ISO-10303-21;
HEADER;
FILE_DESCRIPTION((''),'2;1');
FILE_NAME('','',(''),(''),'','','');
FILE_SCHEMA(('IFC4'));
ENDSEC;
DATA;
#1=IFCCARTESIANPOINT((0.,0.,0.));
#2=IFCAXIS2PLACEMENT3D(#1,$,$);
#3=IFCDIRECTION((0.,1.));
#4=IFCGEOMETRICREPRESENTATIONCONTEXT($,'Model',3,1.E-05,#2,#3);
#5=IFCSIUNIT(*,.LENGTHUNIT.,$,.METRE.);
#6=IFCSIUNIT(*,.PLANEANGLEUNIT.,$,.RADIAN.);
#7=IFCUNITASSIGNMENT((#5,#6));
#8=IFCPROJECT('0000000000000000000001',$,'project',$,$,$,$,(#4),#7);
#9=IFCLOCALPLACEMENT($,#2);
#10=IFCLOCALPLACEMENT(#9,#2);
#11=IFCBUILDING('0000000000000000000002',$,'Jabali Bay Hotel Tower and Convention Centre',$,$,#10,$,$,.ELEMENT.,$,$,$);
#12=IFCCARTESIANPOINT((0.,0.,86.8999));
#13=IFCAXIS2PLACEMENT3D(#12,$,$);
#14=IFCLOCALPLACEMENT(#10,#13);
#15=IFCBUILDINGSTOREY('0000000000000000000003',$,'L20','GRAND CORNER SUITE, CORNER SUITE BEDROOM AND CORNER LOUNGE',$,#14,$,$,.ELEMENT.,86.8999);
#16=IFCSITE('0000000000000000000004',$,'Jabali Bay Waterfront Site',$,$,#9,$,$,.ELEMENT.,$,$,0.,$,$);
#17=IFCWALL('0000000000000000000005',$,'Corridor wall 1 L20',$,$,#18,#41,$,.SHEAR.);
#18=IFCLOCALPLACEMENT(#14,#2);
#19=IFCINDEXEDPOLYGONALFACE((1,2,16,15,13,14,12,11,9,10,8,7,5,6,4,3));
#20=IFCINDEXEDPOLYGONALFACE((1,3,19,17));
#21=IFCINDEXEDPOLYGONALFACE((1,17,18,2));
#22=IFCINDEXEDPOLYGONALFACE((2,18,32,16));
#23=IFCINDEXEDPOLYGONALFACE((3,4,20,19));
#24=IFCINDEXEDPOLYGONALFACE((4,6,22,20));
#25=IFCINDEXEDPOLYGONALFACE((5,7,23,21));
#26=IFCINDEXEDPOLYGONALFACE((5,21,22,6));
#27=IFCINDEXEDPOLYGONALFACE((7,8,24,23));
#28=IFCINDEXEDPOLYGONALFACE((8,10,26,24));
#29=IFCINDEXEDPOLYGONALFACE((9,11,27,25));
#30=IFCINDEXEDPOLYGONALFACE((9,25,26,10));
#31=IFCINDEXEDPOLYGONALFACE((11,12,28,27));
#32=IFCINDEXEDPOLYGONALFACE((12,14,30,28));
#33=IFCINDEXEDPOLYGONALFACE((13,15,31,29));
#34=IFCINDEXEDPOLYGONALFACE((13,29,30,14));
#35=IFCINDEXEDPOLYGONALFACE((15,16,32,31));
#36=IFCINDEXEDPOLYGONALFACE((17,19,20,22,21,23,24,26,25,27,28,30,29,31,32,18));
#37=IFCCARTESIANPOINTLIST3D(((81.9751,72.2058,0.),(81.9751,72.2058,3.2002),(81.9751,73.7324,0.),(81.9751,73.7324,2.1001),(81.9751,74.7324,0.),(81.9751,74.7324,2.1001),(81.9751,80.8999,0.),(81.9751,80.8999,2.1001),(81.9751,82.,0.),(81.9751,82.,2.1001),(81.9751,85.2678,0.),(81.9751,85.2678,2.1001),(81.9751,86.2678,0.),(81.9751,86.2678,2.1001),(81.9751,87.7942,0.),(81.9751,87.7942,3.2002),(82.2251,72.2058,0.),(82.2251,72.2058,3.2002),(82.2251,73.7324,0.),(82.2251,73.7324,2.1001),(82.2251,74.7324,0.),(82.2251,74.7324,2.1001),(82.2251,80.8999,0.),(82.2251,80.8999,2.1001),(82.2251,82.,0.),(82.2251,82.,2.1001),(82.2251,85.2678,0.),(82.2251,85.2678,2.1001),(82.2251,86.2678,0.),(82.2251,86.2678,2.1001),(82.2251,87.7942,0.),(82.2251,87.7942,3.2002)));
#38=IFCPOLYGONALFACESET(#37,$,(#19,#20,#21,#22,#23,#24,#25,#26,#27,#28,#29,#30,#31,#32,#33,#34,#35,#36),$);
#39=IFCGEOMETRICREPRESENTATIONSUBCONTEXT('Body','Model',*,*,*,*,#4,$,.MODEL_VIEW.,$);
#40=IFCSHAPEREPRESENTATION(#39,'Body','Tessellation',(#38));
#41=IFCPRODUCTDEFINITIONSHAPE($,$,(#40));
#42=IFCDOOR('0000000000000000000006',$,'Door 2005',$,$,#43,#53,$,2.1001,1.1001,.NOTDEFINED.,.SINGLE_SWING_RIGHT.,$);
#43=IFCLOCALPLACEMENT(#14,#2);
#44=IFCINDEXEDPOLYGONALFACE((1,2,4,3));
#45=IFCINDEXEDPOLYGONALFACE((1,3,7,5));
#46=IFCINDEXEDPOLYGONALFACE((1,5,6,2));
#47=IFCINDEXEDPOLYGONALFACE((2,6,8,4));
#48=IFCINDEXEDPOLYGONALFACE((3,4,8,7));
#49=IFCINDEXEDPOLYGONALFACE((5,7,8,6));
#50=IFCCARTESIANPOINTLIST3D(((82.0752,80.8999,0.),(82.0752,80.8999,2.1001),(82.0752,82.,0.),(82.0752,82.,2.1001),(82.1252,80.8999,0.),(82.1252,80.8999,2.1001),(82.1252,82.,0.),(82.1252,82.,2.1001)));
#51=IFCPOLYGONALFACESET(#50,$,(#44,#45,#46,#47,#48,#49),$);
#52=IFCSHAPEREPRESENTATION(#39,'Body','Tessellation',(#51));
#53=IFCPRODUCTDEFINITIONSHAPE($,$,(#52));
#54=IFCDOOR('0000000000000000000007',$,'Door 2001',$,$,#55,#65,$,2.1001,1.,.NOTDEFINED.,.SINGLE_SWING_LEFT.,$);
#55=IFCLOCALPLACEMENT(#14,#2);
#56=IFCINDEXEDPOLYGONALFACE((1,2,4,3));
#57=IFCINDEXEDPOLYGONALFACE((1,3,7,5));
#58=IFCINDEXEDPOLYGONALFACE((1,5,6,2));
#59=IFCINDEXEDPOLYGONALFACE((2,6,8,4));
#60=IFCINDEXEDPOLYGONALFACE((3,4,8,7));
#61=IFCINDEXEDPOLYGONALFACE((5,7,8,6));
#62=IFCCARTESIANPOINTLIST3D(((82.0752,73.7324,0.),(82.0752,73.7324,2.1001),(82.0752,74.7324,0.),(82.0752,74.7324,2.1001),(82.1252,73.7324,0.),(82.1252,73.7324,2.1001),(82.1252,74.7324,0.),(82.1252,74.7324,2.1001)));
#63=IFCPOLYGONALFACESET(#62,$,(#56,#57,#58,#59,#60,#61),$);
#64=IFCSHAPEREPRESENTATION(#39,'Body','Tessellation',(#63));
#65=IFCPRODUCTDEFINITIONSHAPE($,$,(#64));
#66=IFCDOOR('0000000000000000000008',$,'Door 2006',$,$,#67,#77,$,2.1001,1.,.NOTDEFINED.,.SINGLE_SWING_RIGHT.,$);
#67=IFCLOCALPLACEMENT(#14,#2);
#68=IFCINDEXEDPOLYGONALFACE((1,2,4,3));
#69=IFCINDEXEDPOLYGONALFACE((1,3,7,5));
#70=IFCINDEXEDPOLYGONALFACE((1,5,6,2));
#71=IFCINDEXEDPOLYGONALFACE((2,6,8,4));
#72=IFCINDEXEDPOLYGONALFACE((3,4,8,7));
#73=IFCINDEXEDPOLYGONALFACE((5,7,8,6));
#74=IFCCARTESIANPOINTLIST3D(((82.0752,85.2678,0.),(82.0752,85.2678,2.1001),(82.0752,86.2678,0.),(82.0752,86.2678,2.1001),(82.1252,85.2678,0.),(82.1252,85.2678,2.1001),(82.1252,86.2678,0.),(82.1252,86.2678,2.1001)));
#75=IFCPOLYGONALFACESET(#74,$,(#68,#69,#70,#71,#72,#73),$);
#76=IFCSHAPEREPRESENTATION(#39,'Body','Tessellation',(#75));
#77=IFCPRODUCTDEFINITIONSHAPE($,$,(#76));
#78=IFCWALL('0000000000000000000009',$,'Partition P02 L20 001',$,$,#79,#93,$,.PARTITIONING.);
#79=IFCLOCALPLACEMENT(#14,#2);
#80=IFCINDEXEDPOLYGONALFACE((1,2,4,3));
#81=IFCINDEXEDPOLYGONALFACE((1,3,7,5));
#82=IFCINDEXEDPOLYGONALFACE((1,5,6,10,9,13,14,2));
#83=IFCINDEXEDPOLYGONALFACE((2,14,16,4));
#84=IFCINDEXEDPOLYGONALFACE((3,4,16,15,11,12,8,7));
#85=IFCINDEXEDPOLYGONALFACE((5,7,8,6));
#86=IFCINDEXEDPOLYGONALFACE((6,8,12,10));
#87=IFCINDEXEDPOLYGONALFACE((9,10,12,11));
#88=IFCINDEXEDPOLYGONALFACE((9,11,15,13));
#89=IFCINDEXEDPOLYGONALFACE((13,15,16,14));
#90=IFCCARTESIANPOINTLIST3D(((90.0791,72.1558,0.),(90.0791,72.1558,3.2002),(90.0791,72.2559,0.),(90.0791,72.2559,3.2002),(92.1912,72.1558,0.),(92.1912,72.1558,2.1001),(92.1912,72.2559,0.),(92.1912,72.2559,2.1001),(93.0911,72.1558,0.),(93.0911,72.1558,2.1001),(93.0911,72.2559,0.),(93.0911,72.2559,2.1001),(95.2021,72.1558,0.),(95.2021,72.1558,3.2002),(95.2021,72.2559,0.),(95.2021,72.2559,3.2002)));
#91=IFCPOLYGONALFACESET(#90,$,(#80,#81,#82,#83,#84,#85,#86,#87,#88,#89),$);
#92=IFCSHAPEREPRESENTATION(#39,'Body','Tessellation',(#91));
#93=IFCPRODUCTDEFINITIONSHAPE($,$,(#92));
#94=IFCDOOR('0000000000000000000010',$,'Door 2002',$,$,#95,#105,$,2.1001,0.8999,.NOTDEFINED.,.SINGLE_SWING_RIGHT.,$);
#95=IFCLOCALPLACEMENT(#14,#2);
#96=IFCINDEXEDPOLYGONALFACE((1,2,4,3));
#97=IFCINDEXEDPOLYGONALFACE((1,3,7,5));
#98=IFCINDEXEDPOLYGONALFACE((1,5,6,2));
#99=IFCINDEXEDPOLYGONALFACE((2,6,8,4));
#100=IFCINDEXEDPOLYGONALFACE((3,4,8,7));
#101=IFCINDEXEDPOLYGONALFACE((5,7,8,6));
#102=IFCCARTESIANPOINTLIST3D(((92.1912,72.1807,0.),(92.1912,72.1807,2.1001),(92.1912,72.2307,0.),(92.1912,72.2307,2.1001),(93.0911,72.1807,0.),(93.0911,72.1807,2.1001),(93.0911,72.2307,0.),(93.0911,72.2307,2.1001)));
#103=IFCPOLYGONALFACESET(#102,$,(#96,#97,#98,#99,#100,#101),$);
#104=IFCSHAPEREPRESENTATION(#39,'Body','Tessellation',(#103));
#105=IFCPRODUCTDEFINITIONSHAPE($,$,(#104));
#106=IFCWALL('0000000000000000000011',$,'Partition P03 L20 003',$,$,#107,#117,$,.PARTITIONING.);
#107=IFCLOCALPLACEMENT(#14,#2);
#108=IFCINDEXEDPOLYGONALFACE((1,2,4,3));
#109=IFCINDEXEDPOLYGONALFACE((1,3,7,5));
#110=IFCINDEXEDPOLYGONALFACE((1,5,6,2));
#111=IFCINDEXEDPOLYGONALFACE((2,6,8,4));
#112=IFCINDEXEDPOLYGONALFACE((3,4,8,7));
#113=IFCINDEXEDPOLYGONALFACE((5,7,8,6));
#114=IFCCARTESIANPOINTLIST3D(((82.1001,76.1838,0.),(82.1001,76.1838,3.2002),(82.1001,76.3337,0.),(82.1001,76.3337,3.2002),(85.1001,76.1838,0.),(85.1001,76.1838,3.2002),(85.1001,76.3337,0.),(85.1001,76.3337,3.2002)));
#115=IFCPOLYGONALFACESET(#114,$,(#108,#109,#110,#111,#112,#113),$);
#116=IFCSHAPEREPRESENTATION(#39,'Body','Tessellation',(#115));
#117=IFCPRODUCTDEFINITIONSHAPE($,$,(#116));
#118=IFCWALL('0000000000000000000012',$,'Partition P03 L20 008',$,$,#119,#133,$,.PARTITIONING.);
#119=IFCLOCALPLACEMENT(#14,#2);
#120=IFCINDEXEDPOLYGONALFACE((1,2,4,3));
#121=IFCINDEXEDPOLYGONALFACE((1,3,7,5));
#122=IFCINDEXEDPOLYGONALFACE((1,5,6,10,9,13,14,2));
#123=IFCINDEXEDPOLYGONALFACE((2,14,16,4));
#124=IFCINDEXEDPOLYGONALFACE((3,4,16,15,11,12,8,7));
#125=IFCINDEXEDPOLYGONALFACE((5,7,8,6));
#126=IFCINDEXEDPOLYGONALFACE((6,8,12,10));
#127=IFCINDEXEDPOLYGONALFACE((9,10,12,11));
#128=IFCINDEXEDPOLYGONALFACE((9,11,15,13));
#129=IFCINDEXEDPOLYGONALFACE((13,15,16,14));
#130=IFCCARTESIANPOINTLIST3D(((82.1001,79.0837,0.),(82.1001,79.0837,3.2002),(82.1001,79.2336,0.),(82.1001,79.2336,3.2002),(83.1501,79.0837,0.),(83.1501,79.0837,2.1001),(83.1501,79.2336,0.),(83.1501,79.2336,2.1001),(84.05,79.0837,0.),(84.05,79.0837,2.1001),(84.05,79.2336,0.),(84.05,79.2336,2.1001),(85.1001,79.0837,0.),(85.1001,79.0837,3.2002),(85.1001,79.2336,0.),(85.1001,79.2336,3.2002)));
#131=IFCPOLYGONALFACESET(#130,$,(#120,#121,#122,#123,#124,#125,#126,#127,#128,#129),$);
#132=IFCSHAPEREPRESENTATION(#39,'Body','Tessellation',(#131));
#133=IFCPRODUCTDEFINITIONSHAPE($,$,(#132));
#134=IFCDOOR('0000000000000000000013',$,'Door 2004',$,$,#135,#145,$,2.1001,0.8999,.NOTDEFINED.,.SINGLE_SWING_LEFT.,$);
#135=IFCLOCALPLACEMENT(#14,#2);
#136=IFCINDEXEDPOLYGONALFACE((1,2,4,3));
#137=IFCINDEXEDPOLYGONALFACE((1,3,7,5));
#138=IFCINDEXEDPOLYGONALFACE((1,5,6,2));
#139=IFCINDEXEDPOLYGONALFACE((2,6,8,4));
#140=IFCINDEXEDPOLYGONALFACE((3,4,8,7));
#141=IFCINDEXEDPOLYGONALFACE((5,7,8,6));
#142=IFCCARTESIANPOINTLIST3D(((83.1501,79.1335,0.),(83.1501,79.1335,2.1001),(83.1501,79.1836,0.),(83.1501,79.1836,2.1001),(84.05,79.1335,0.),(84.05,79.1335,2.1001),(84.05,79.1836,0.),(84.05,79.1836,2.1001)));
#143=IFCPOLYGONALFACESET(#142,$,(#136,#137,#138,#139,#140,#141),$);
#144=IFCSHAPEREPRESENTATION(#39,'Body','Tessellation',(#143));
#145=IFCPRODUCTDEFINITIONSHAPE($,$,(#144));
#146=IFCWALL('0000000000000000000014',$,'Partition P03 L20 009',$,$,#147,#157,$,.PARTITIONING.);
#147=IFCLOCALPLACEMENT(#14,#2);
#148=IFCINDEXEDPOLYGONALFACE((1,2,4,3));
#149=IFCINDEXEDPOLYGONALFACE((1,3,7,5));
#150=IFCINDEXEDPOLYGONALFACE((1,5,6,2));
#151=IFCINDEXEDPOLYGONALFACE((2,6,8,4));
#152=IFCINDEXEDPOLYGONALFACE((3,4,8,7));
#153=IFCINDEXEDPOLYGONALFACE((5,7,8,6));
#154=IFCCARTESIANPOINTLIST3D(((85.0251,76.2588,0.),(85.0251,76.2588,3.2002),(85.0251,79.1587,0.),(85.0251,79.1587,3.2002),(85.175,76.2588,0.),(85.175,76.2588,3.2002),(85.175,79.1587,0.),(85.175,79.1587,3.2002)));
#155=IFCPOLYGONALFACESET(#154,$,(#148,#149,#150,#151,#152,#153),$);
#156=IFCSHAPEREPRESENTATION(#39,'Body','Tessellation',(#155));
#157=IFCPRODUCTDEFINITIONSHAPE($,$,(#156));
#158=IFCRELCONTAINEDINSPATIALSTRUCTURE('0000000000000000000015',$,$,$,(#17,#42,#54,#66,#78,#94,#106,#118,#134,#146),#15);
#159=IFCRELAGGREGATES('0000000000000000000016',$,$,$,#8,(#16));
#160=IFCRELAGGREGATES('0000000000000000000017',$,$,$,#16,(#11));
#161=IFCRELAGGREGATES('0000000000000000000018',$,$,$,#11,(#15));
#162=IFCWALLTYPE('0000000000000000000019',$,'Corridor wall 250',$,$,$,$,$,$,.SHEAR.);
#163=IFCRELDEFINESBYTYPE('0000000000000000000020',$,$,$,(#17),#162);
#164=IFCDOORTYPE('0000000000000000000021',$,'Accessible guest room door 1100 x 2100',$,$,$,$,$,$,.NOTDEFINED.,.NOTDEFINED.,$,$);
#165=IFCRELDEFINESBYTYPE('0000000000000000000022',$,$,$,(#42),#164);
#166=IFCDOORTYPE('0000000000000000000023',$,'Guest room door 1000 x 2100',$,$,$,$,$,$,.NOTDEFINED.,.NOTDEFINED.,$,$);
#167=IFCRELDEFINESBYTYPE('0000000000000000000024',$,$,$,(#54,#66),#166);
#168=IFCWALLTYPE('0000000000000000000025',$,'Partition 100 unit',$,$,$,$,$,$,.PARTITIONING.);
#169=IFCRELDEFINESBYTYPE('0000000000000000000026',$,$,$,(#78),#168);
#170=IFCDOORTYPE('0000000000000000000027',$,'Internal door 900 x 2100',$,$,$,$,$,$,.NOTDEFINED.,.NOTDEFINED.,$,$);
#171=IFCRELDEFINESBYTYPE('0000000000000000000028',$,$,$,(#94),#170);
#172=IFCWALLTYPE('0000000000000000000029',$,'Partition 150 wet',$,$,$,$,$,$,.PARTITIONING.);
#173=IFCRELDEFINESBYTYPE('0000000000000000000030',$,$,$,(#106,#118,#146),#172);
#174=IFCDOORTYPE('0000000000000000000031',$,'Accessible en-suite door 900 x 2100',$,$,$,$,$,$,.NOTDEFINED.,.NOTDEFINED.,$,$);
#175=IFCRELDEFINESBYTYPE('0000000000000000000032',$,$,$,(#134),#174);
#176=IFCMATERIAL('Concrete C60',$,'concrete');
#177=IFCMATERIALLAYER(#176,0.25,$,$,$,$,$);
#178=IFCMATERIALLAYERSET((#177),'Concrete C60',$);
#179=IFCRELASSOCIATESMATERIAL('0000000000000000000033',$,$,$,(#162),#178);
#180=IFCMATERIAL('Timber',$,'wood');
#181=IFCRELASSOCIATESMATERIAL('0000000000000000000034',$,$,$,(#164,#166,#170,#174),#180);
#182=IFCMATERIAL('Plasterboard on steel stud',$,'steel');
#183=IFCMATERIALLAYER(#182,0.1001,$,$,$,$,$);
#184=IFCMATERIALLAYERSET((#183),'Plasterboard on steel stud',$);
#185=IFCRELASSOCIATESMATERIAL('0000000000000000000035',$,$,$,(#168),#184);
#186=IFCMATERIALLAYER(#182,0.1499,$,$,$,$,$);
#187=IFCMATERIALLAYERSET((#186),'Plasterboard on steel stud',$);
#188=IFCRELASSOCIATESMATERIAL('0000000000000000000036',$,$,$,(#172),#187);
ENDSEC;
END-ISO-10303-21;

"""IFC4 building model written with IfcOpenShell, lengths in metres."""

from ifc_helpers import new_model, si_unit, direction, frame, frame_2d, origin, place, context, subcontext, project, spatial, rectangle, extrude, material, layer, layer_set, type_object, element, fill, save


model = new_model("IFC4")

# Units and contexts
model_context = context("Model", 3, precision=1e-05, world=origin(), true_north=direction((0.0, 1.0)))
body_context = subcontext(model_context, "Body", "Model", "MODEL_VIEW")
ifc_project = project(units=[si_unit("LENGTHUNIT", "METRE"), si_unit("PLANEANGLEUNIT", "RADIAN")], contexts=[model_context])

# Site, building, storey
site_placement = place(None, origin())
site = spatial("IfcSite", under=ifc_project, at=site_placement, Name="Jabali Bay Waterfront Site", CompositionType="ELEMENT", RefElevation=0.0)
building_placement = place(site_placement, origin())
building = spatial("IfcBuilding", under=site, at=building_placement, Name="Jabali Bay Hotel Tower and Convention Centre", CompositionType="ELEMENT")
storey_placement = place(building_placement, frame((0.0, 0.0, 86.8999)))
storey = spatial("IfcBuildingStorey", under=building, at=storey_placement, Name="L20", Description="GRAND CORNER SUITE, CORNER SUITE BEDROOM AND CORNER LOUNGE", CompositionType="ELEMENT", Elevation=86.8999)

# Shared definitions
ifc_material_1 = material(Name="Concrete C60", Category="concrete")

# Wall, openings, doors
ifc_layer_1 = layer(ifc_material_1, 0.25)
ifc_layer_set_1 = layer_set([ifc_layer_1], Name="Concrete C60")
wall_type_1 = type_object("IfcWallType", Name="Corridor wall 250", PredefinedType="SHEAR", material=ifc_layer_set_1)
wall_1_placement = place(storey_placement, frame((82.1001, 72.2058, 0.0), z_axis=(0.0, 0.0, 1.0), x_axis=(0.0, 1.0, 0.0)))
wall_1 = element("IfcWall", 1, at=wall_1_placement, inside=storey, type_object=wall_type_1, Name="Corridor wall 1 L20", PredefinedType="SHEAR", context=body_context, shape_type="SweptSolid", body=[
    extrude(rectangle(XDim=15.5884, YDim=0.25, at=frame_2d((7.7942, 0.0))), origin(), (0.0, 0.0, 1.0), 3.2002),
])
opening_1_placement = place(wall_1_placement, frame((1.5266, 0.0, 0.0)))
opening_1 = element("IfcOpeningElement", 2, at=opening_1_placement, cuts=wall_1, PredefinedType="OPENING", context=body_context, shape_type="SweptSolid", body=[
    extrude(rectangle(XDim=1.0, YDim=2.1001, at=frame_2d((0.5, 1.05))), frame((0.0, 0.1355, 0.0), z_axis=(0.0, -1.0, 0.0), x_axis=(1.0, 0.0, 0.0)), (0.0, 0.0, 1.0), 0.271),
])
opening_2_placement = place(wall_1_placement, frame((8.6941, 0.0, 0.0)))
opening_2 = element("IfcOpeningElement", 3, at=opening_2_placement, cuts=wall_1, PredefinedType="OPENING", context=body_context, shape_type="SweptSolid", body=[
    extrude(rectangle(XDim=1.1001, YDim=2.1001, at=frame_2d((0.55, 1.05))), frame((0.0, 0.1355, 0.0), z_axis=(0.0, -1.0, 0.0), x_axis=(1.0, 0.0, 0.0)), (0.0, 0.0, 1.0), 0.271),
])
opening_3_placement = place(wall_1_placement, frame((13.062, 0.0, 0.0)))
opening_3 = element("IfcOpeningElement", 4, at=opening_3_placement, cuts=wall_1, PredefinedType="OPENING", context=body_context, shape_type="SweptSolid", body=[
    extrude(rectangle(XDim=1.0, YDim=2.1001, at=frame_2d((0.5, 1.05))), frame((0.0, 0.1355, 0.0), z_axis=(0.0, -1.0, 0.0), x_axis=(1.0, 0.0, 0.0)), (0.0, 0.0, 1.0), 0.271),
])
ifc_material_2 = material(Name="Timber", Category="wood")
door_type_1 = type_object("IfcDoorType", Name="Accessible guest room door 1100 x 2100", OperationType="NOTDEFINED", PredefinedType="NOTDEFINED", material=ifc_material_2)
door_1_placement = place(opening_2_placement, origin())
door_1 = element("IfcDoor", 5, at=door_1_placement, inside=storey, type_object=door_type_1, Name="Door 2005", OperationType="SINGLE_SWING_RIGHT", OverallHeight=2.1001, OverallWidth=1.1001, PredefinedType="NOTDEFINED", context=body_context, shape_type="SweptSolid", body=[
    extrude(rectangle(XDim=1.1001, YDim=2.1001, at=frame_2d((0.55, 1.05))), frame((0.0, 0.0249, 0.0), z_axis=(0.0, -1.0, 0.0), x_axis=(1.0, 0.0, 0.0)), (0.0, 0.0, 1.0), 0.05),
])
fill(opening_2, door_1)
door_type_2 = type_object("IfcDoorType", Name="Guest room door 1000 x 2100", OperationType="NOTDEFINED", PredefinedType="NOTDEFINED", material=ifc_material_2)
door_2_placement = place(opening_1_placement, origin())
door_2 = element("IfcDoor", 6, at=door_2_placement, inside=storey, type_object=door_type_2, Name="Door 2001", OperationType="SINGLE_SWING_LEFT", OverallHeight=2.1001, OverallWidth=1.0, PredefinedType="NOTDEFINED", context=body_context, shape_type="SweptSolid", body=[
    extrude(rectangle(XDim=1.0, YDim=2.1001, at=frame_2d((0.5, 1.05))), frame((0.0, 0.0249, 0.0), z_axis=(0.0, -1.0, 0.0), x_axis=(1.0, 0.0, 0.0)), (0.0, 0.0, 1.0), 0.05),
])
fill(opening_1, door_2)
door_3_placement = place(opening_3_placement, origin())
door_3 = element("IfcDoor", 7, at=door_3_placement, inside=storey, type_object=door_type_2, Name="Door 2006", OperationType="SINGLE_SWING_RIGHT", OverallHeight=2.1001, OverallWidth=1.0, PredefinedType="NOTDEFINED", context=body_context, shape_type="SweptSolid", body=[
    extrude(rectangle(XDim=1.0, YDim=2.1001, at=frame_2d((0.5, 1.05))), frame((0.0, 0.0249, 0.0), z_axis=(0.0, -1.0, 0.0), x_axis=(1.0, 0.0, 0.0)), (0.0, 0.0, 1.0), 0.05),
])
fill(opening_3, door_3)

# Wall, opening, door
ifc_material_3 = material(Name="Plasterboard on steel stud", Category="steel")
ifc_layer_2 = layer(ifc_material_3, 0.1001)
ifc_layer_set_2 = layer_set([ifc_layer_2], Name="Plasterboard on steel stud")
wall_type_2 = type_object("IfcWallType", Name="Partition 100 unit", PredefinedType="PARTITIONING", material=ifc_layer_set_2)
wall_2_placement = place(storey_placement, frame((90.0791, 72.2058, 0.0), z_axis=(0.0, 0.0, 1.0), x_axis=(1.0, 0.0, 0.0)))
wall_2 = element("IfcWall", 8, at=wall_2_placement, inside=storey, type_object=wall_type_2, Name="Partition P02 L20 001", PredefinedType="PARTITIONING", context=body_context, shape_type="SweptSolid", body=[
    extrude(rectangle(XDim=5.123, YDim=0.1001, at=frame_2d((2.5615, 0.0))), origin(), (0.0, 0.0, 1.0), 3.2002),
])
opening_4_placement = place(wall_2_placement, frame((2.1121, 0.0, 0.0)))
opening_4 = element("IfcOpeningElement", 9, at=opening_4_placement, cuts=wall_2, PredefinedType="OPENING", context=body_context, shape_type="SweptSolid", body=[
    extrude(rectangle(XDim=0.8999, YDim=2.1001, at=frame_2d((0.45, 1.05))), frame((0.0, 0.0605, 0.0), z_axis=(0.0, -1.0, 0.0), x_axis=(1.0, 0.0, 0.0)), (0.0, 0.0, 1.0), 0.1211),
])
door_type_3 = type_object("IfcDoorType", Name="Internal door 900 x 2100", OperationType="NOTDEFINED", PredefinedType="NOTDEFINED", material=ifc_material_2)
door_4_placement = place(opening_4_placement, origin())
door_4 = element("IfcDoor", 10, at=door_4_placement, inside=storey, type_object=door_type_3, Name="Door 2002", OperationType="SINGLE_SWING_RIGHT", OverallHeight=2.1001, OverallWidth=0.8999, PredefinedType="NOTDEFINED", context=body_context, shape_type="SweptSolid", body=[
    extrude(rectangle(XDim=0.8999, YDim=2.1001, at=frame_2d((0.45, 1.05))), frame((0.0, 0.0249, 0.0), z_axis=(0.0, -1.0, 0.0), x_axis=(1.0, 0.0, 0.0)), (0.0, 0.0, 1.0), 0.05),
])
fill(opening_4, door_4)

# Wall
ifc_layer_3 = layer(ifc_material_3, 0.1499)
ifc_layer_set_3 = layer_set([ifc_layer_3], Name="Plasterboard on steel stud")
wall_type_3 = type_object("IfcWallType", Name="Partition 150 wet", PredefinedType="PARTITIONING", material=ifc_layer_set_3)
wall_3_placement = place(storey_placement, frame((85.1001, 76.2588, 0.0), z_axis=(0.0, 0.0, 1.0), x_axis=(-1.0, 0.0, 0.0)))
element("IfcWall", 11, at=wall_3_placement, inside=storey, type_object=wall_type_3, Name="Partition P03 L20 003", PredefinedType="PARTITIONING", context=body_context, shape_type="SweptSolid", body=[
    extrude(rectangle(XDim=3.0, YDim=0.1499, at=frame_2d((1.5, 0.0))), origin(), (0.0, 0.0, 1.0), 3.2002),
])

# Wall, opening, door
wall_4_placement = place(storey_placement, frame((82.1001, 79.1587, 0.0), z_axis=(0.0, 0.0, 1.0), x_axis=(1.0, 0.0, 0.0)))
wall_4 = element("IfcWall", 12, at=wall_4_placement, inside=storey, type_object=wall_type_3, Name="Partition P03 L20 008", PredefinedType="PARTITIONING", context=body_context, shape_type="SweptSolid", body=[
    extrude(rectangle(XDim=3.0, YDim=0.1499, at=frame_2d((1.5, 0.0))), origin(), (0.0, 0.0, 1.0), 3.2002),
])
opening_5_placement = place(wall_4_placement, frame((1.05, 0.0, 0.0)))
opening_5 = element("IfcOpeningElement", 13, at=opening_5_placement, cuts=wall_4, PredefinedType="OPENING", context=body_context, shape_type="SweptSolid", body=[
    extrude(rectangle(XDim=0.8999, YDim=2.1001, at=frame_2d((0.45, 1.05))), frame((0.0, 0.0854, 0.0), z_axis=(0.0, -1.0, 0.0), x_axis=(1.0, 0.0, 0.0)), (0.0, 0.0, 1.0), 0.1709),
])
door_type_4 = type_object("IfcDoorType", Name="Accessible en-suite door 900 x 2100", OperationType="NOTDEFINED", PredefinedType="NOTDEFINED", material=ifc_material_2)
door_5_placement = place(opening_5_placement, origin())
door_5 = element("IfcDoor", 14, at=door_5_placement, inside=storey, type_object=door_type_4, Name="Door 2004", OperationType="SINGLE_SWING_LEFT", OverallHeight=2.1001, OverallWidth=0.8999, PredefinedType="NOTDEFINED", context=body_context, shape_type="SweptSolid", body=[
    extrude(rectangle(XDim=0.8999, YDim=2.1001, at=frame_2d((0.45, 1.05))), frame((0.0, 0.0249, 0.0), z_axis=(0.0, -1.0, 0.0), x_axis=(1.0, 0.0, 0.0)), (0.0, 0.0, 1.0), 0.05),
])
fill(opening_5, door_5)

# Wall
wall_5_placement = place(storey_placement, frame((85.1001, 79.1587, 0.0), z_axis=(0.0, 0.0, 1.0), x_axis=(0.0, -1.0, 0.0)))
element("IfcWall", 15, at=wall_5_placement, inside=storey, type_object=wall_type_3, Name="Partition P03 L20 009", PredefinedType="PARTITIONING", context=body_context, shape_type="SweptSolid", body=[
    extrude(rectangle(XDim=2.8999, YDim=0.1499, at=frame_2d((1.45, 0.0))), origin(), (0.0, 0.0, 1.0), 3.2002),
])

save(model, "model.ifc")
